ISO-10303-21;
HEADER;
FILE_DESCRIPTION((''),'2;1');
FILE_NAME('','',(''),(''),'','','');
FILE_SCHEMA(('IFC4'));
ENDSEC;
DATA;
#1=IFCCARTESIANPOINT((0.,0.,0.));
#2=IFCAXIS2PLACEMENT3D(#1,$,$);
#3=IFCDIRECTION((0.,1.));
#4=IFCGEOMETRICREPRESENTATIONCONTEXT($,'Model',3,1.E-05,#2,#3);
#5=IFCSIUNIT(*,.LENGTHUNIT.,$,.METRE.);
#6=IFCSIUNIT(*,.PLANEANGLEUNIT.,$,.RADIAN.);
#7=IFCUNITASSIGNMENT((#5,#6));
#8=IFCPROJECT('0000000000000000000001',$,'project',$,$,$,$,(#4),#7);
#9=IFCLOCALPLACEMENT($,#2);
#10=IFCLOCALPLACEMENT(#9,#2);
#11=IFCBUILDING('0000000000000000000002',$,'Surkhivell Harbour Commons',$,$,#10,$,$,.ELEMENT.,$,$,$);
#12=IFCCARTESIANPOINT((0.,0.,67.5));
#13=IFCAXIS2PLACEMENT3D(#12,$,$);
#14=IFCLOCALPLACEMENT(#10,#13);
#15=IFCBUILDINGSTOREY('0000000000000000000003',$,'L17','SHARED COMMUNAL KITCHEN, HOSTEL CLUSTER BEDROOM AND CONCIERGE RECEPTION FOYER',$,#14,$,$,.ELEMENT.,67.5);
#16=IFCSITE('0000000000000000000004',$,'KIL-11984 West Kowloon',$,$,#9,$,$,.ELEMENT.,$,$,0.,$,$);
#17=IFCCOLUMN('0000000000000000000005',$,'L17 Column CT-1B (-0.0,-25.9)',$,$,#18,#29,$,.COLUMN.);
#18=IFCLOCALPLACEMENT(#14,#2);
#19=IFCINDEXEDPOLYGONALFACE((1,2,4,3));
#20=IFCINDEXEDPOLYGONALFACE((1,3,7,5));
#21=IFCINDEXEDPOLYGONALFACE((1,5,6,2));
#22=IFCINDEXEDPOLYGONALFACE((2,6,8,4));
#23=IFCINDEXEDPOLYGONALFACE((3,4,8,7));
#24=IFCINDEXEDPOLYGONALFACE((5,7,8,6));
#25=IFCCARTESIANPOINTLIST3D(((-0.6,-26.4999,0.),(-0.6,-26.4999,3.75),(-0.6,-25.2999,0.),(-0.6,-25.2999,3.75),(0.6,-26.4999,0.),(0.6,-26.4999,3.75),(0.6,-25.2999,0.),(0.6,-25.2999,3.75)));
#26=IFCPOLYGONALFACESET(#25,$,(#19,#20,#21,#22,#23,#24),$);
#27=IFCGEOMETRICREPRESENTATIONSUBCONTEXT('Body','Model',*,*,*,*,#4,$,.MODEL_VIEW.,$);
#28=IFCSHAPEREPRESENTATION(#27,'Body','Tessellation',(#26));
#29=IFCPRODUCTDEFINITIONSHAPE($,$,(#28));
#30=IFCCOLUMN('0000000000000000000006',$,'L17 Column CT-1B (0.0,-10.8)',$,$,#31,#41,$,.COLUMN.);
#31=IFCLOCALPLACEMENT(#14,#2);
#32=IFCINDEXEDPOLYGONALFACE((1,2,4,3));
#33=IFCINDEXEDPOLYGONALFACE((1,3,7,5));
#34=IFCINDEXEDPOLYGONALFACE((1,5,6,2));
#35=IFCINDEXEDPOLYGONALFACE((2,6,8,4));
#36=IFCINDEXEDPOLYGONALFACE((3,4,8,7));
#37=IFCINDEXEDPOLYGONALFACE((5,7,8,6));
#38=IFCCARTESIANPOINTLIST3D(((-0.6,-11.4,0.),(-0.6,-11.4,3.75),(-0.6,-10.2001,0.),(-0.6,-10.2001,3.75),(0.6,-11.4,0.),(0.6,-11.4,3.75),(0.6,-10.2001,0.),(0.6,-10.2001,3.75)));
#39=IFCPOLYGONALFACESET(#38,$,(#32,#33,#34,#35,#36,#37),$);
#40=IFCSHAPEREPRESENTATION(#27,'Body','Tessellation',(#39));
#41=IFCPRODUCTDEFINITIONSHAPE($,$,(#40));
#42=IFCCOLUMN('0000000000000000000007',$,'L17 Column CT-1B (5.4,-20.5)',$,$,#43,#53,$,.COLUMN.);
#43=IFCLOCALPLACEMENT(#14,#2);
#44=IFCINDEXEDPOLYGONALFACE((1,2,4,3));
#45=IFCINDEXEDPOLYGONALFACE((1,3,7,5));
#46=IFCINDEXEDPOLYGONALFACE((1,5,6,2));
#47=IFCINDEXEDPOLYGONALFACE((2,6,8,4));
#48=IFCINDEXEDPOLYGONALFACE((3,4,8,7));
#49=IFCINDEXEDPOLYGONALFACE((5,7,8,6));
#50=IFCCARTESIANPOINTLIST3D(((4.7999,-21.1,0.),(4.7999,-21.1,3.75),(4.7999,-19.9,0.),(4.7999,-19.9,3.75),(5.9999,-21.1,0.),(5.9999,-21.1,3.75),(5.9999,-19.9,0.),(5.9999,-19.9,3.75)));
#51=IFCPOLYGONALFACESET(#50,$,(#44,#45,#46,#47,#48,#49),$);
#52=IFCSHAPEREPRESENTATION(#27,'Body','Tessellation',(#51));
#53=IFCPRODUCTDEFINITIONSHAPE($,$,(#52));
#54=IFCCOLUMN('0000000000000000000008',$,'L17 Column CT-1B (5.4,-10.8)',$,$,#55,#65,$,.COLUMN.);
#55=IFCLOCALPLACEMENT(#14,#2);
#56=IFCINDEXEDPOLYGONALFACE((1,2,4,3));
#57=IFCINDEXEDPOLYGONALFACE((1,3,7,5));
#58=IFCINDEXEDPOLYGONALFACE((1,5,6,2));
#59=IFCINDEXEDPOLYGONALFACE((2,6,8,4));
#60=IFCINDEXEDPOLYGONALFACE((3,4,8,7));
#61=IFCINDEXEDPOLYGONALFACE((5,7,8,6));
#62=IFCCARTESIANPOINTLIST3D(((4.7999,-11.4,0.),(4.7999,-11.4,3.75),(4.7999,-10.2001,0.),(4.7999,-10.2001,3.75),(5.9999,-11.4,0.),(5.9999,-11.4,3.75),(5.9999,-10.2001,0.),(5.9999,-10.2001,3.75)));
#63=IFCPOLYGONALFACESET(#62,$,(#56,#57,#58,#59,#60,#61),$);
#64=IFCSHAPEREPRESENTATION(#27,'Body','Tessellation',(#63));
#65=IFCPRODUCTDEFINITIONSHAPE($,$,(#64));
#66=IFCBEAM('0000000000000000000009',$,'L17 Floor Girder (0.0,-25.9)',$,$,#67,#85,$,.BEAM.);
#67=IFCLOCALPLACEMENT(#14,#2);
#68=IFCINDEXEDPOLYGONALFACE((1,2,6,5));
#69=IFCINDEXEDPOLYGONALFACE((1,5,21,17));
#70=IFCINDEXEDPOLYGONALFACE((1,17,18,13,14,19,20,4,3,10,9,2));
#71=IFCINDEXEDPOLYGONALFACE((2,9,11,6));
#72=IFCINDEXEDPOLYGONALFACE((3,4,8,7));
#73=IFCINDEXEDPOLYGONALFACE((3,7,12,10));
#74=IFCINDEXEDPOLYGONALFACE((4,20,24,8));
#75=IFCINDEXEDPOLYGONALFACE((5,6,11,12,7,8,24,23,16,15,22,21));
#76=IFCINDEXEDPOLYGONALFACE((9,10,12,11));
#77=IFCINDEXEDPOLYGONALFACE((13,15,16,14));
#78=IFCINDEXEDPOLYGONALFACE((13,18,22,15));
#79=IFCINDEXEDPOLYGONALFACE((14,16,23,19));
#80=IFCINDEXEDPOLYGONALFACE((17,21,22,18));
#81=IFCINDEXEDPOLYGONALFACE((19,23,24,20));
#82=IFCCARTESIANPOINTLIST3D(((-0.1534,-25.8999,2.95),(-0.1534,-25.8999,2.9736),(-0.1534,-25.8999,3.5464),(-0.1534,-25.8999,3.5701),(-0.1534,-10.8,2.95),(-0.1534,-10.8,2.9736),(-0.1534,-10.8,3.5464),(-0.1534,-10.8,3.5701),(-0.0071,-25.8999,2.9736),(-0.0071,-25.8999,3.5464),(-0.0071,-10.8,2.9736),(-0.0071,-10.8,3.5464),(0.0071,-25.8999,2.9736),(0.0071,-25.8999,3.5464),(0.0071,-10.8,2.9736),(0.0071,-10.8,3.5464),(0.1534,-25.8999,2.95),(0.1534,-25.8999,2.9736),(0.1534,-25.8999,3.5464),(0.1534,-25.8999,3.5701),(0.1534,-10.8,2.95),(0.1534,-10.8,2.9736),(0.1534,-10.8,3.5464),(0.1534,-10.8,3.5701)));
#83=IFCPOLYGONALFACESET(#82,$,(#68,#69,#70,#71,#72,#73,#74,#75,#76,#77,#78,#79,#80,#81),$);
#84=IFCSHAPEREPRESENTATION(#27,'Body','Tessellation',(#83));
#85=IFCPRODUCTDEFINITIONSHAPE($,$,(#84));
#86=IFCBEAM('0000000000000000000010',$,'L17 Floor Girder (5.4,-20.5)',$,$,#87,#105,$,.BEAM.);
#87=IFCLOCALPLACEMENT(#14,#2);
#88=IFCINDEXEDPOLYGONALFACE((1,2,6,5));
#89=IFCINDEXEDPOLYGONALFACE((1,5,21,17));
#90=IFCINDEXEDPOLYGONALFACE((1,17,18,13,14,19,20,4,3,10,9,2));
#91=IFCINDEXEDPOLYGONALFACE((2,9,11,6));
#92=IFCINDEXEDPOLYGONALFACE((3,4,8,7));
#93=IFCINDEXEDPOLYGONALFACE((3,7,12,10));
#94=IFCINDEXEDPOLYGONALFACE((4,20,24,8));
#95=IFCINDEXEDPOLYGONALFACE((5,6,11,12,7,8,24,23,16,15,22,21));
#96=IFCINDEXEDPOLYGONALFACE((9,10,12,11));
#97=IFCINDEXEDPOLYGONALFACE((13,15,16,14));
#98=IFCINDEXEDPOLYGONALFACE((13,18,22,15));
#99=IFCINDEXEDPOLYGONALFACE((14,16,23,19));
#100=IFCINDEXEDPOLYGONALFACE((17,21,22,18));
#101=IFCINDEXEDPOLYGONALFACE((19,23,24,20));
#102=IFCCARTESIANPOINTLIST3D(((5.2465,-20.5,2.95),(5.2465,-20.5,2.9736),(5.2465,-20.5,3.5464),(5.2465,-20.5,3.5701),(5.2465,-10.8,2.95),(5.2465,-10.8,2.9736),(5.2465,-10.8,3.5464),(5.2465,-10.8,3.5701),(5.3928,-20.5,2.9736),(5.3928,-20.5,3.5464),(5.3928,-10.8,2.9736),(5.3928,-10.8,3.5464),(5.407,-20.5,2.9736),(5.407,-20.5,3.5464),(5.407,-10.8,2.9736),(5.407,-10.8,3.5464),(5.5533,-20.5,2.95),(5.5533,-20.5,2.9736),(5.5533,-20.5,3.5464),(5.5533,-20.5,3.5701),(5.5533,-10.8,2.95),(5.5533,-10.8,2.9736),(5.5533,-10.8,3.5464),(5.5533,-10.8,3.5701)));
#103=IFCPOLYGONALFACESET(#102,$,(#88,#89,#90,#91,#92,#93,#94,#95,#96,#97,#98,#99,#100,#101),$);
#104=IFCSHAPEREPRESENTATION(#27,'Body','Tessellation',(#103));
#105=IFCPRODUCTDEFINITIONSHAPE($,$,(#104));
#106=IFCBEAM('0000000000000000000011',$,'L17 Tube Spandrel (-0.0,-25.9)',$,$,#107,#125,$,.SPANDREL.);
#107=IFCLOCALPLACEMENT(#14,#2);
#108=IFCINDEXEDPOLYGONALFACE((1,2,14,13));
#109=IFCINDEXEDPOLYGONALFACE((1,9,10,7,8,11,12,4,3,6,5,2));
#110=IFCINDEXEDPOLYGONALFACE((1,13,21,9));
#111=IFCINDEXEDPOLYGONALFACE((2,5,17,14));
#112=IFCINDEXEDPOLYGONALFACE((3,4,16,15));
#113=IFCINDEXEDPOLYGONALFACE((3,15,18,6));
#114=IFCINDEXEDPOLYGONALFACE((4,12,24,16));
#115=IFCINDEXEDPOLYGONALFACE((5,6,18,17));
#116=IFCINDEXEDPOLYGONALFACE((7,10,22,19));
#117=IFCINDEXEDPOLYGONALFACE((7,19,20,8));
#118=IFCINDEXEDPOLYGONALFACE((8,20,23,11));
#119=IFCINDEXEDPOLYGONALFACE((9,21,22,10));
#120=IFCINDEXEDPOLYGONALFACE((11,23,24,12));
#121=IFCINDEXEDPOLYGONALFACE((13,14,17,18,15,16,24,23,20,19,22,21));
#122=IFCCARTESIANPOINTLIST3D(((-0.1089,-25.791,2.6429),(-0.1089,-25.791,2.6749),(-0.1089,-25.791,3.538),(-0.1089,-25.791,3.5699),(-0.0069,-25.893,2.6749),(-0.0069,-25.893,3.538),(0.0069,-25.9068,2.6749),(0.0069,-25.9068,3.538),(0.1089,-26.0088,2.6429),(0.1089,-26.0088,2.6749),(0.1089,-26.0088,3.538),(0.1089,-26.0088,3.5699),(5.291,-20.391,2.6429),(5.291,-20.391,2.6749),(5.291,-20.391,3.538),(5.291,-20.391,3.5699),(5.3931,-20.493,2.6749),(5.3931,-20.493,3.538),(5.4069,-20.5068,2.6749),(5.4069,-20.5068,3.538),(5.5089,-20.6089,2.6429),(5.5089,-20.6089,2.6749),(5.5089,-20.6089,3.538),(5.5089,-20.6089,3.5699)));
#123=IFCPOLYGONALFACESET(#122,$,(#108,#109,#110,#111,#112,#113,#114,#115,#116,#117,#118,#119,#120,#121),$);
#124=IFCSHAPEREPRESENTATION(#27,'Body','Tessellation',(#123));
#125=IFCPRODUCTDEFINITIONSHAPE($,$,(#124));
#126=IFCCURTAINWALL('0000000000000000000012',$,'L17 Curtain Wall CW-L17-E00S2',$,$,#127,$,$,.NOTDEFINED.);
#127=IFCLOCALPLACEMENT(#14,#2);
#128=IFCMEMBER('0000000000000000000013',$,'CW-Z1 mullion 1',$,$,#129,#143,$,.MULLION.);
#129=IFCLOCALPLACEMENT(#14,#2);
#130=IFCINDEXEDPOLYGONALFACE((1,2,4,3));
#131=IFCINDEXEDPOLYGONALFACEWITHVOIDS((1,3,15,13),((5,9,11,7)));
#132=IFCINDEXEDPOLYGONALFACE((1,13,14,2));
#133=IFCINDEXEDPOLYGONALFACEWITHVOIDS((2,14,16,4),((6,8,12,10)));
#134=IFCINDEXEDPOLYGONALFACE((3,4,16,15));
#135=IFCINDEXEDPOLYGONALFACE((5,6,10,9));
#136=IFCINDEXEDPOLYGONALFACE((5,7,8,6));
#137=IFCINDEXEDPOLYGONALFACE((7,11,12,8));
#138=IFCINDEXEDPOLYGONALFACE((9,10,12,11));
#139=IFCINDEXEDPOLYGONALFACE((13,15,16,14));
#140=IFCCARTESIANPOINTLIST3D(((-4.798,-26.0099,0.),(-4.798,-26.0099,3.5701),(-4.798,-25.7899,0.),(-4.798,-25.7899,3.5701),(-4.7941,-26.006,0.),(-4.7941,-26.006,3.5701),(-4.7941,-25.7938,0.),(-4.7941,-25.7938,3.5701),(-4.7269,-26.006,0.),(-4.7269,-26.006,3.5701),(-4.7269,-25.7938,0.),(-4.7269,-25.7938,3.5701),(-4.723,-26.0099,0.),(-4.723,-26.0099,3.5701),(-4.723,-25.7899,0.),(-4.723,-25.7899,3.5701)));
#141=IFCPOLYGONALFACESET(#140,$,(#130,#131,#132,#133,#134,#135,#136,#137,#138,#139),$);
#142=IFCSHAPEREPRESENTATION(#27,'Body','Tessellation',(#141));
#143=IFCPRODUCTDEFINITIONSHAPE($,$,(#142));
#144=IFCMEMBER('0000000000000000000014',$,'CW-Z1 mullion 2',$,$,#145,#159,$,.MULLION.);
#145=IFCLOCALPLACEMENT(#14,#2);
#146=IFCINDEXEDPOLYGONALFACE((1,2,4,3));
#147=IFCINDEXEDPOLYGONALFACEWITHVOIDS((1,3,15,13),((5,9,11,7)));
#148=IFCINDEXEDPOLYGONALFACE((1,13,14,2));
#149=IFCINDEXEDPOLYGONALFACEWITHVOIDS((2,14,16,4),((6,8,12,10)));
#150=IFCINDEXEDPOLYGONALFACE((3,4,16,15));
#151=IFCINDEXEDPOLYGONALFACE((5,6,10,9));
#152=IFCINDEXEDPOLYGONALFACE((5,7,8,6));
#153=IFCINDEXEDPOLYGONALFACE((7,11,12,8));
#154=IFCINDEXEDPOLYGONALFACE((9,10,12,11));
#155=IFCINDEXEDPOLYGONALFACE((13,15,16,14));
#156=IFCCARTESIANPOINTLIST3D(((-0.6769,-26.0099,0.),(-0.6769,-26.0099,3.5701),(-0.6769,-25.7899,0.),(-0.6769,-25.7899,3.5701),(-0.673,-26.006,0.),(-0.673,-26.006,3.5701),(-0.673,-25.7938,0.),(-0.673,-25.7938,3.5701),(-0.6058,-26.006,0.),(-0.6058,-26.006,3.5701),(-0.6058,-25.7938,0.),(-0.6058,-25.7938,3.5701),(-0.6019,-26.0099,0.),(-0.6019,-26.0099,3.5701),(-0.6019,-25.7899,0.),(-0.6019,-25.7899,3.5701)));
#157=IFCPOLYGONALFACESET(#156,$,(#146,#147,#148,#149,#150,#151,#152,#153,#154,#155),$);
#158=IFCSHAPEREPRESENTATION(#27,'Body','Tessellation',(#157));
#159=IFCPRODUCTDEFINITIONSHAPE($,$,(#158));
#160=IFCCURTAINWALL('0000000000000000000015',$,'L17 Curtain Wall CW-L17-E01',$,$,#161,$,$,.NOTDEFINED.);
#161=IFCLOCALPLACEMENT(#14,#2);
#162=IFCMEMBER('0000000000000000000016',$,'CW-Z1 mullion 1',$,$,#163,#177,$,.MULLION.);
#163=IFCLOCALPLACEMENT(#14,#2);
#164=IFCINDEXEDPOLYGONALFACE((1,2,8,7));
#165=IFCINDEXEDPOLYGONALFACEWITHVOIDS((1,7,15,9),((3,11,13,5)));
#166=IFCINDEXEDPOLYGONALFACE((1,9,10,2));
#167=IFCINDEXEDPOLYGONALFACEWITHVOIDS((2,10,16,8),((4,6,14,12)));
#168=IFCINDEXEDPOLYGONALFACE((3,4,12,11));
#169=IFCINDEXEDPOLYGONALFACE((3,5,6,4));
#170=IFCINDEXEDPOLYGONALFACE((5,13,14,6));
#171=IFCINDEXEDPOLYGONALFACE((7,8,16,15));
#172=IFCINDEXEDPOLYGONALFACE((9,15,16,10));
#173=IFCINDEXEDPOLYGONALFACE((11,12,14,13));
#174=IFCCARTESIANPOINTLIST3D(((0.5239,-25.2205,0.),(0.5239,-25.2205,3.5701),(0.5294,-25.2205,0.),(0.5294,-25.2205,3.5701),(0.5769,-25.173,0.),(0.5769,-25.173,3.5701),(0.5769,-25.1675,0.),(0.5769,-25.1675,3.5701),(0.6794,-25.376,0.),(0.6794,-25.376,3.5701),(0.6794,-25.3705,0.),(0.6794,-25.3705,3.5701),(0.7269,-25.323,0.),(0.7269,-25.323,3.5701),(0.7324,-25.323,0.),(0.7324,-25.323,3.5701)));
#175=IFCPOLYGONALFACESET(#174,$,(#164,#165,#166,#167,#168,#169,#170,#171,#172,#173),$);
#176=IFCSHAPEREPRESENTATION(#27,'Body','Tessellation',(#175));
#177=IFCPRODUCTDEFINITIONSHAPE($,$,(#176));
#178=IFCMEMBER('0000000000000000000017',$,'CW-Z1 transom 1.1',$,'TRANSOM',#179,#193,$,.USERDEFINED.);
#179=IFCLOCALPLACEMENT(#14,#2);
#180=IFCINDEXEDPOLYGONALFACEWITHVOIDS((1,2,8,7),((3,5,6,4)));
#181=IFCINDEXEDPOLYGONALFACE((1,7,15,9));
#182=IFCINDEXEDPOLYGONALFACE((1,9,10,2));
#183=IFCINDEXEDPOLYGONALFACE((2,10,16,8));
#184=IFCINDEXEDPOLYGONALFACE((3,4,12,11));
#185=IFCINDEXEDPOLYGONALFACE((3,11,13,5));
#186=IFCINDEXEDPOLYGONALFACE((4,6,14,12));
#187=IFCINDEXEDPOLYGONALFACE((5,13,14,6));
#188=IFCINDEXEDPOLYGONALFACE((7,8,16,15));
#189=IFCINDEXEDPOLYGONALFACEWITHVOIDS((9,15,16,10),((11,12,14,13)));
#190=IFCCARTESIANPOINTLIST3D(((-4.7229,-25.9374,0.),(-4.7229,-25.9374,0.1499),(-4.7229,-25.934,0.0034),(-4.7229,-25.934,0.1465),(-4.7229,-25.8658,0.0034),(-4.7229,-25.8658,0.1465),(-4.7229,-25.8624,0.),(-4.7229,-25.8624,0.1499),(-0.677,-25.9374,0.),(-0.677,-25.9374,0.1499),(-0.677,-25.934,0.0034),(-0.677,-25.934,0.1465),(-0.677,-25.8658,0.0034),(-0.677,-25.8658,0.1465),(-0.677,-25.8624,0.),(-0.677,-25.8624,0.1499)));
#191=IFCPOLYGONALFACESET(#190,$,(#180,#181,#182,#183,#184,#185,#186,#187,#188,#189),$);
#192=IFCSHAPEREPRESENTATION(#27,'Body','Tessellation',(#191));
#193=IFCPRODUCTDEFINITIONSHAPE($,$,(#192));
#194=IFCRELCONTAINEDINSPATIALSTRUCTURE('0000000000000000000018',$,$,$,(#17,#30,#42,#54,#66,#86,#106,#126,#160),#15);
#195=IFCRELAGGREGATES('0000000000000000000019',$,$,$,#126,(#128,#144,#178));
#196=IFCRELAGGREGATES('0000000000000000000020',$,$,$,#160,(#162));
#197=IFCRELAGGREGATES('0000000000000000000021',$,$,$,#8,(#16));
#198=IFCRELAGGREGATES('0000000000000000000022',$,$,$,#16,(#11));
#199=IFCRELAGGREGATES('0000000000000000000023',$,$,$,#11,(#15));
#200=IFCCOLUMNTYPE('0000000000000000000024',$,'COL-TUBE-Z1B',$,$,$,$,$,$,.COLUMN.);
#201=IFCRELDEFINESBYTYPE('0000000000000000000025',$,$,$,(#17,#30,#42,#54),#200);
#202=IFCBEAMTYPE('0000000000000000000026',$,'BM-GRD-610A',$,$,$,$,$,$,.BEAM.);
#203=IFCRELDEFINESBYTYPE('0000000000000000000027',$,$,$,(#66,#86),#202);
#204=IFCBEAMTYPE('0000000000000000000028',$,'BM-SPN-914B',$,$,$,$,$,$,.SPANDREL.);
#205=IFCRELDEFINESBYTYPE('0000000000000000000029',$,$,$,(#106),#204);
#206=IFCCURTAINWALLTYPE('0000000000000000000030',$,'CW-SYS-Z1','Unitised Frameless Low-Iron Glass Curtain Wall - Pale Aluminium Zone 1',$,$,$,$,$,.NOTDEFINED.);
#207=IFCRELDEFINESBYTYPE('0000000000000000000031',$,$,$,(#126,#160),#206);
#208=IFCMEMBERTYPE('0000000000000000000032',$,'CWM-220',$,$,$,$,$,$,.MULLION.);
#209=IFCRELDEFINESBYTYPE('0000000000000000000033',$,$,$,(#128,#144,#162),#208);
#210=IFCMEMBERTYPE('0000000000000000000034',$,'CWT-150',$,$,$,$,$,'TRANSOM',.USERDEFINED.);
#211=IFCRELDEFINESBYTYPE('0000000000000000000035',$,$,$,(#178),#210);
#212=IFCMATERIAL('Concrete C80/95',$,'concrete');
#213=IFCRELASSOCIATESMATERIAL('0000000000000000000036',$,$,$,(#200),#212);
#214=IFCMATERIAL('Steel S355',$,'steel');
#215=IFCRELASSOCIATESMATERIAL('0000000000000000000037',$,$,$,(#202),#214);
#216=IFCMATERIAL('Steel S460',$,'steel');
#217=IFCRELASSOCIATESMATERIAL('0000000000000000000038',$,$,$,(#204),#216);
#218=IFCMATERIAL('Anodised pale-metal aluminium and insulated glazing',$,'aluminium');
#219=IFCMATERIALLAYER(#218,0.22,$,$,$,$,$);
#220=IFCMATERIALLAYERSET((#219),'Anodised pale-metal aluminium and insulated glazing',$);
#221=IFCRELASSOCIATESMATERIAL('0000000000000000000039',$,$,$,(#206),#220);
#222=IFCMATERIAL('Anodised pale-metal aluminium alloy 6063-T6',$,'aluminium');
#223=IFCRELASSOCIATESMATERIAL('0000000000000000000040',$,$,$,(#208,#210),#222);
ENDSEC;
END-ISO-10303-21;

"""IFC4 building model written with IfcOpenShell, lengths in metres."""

from ifc_helpers import new_model, si_unit, direction, frame, origin, origin_2d, place, context, subcontext, project, spatial, rectangle, hollow_rectangle, i_section, extrude, material, layer, layer_set, material_profile, profile_set, type_object, element, aggregate, save


model = new_model("IFC4")

# Units and contexts
model_context = context("Model", 3, precision=1e-05, world=origin(), true_north=direction((0.0, 1.0)))
body_context = subcontext(model_context, "Body", "Model", "MODEL_VIEW")
ifc_project = project(units=[si_unit("LENGTHUNIT", "METRE"), si_unit("PLANEANGLEUNIT", "RADIAN")], contexts=[model_context])

# Site, building, storey
site_placement = place(None, origin())
site = spatial("IfcSite", under=ifc_project, at=site_placement, Name="KIL-11984 West Kowloon", CompositionType="ELEMENT", RefElevation=0.0)
building_placement = place(site_placement, origin())
building = spatial("IfcBuilding", under=site, at=building_placement, Name="Surkhivell Harbour Commons", CompositionType="ELEMENT")
storey_placement = place(building_placement, frame((0.0, 0.0, 67.5)))
storey = spatial("IfcBuildingStorey", under=building, at=storey_placement, Name="L17", Description="SHARED COMMUNAL KITCHEN, HOSTEL CLUSTER BEDROOM AND CONCIERGE RECEPTION FOYER", CompositionType="ELEMENT", Elevation=67.5)

# Columns
ifc_material_1 = material(Name="Concrete C80/95", Category="concrete")
ifc_material_profile_1 = material_profile(ifc_material_1, rectangle(XDim=1.2, YDim=1.2, at=origin_2d()), Name="RC-COL-1200x1200")
ifc_profile_set_1 = profile_set([ifc_material_profile_1], Name="Concrete C80/95")
column_type = type_object("IfcColumnType", Name="COL-TUBE-Z1B", PredefinedType="COLUMN", material=ifc_profile_set_1)
for number, where, z_axis, x_axis, name in (
    (1, (0.0, -25.8999, 0.0), (0.0, 0.0, 1.0), (1.0, 0.0, 0.0), "L17 Column CT-1B (-0.0,-25.9)"),
    (2, (0.0, -10.8, 0.0), (0.0, 0.0, 1.0), (1.0, 0.0, 0.0), "L17 Column CT-1B (0.0,-10.8)"),
    (3, (5.3999, -20.5, 0.0), (0.0, 0.0, 1.0), (1.0, 0.0, 0.0), "L17 Column CT-1B (5.4,-20.5)"),
    (4, (5.3999, -10.8, 0.0), (0.0, 0.0, 1.0), (1.0, 0.0, 0.0), "L17 Column CT-1B (5.4,-10.8)"),
):
    element("IfcColumn", number, at=place(storey_placement, frame(where, z_axis=z_axis, x_axis=x_axis)), inside=storey, type_object=column_type, Name=name, PredefinedType="COLUMN", context=body_context, shape_type="SweptSolid", body=[
        extrude(rectangle(XDim=1.2, YDim=1.2, at=origin_2d()), origin(), (0.0, 0.0, 1.0), 3.75),
    ])

# Beams
ifc_material_2 = material(Name="Steel S355", Category="steel")
ifc_material_profile_2 = material_profile(ifc_material_2, i_section(OverallWidth=0.3069, OverallDepth=0.6201, WebThickness=0.0142, FlangeThickness=0.0237, at=origin_2d()), Name="UB610x305x179")
ifc_profile_set_2 = profile_set([ifc_material_profile_2], Name="Steel S355")
beam_type_1 = type_object("IfcBeamType", Name="BM-GRD-610A", PredefinedType="BEAM", material=ifc_profile_set_2)
beam_1_placement = place(storey_placement, frame((0.0, -25.8999, 3.26), z_axis=(0.0, 1.0, 0.0), x_axis=(-1.0, 0.0, 0.0)))
element("IfcBeam", 5, at=beam_1_placement, inside=storey, type_object=beam_type_1, Name="L17 Floor Girder (0.0,-25.9)", PredefinedType="BEAM", context=body_context, shape_type="SweptSolid", body=[
    extrude(i_section(OverallWidth=0.3069, OverallDepth=0.6201, WebThickness=0.0142, FlangeThickness=0.0237, at=origin_2d()), origin(), (0.0, 0.0, 1.0), 15.0999),
])
beam_2_placement = place(storey_placement, frame((5.3999, -20.5, 3.26), z_axis=(0.0, 1.0, 0.0), x_axis=(-1.0, 0.0, 0.0)))
element("IfcBeam", 6, at=beam_2_placement, inside=storey, type_object=beam_type_1, Name="L17 Floor Girder (5.4,-20.5)", PredefinedType="BEAM", context=body_context, shape_type="SweptSolid", body=[
    extrude(i_section(OverallWidth=0.3069, OverallDepth=0.6201, WebThickness=0.0142, FlangeThickness=0.0237, at=origin_2d()), origin(), (0.0, 0.0, 1.0), 9.7),
])
ifc_material_3 = material(Name="Steel S460", Category="steel")
ifc_material_profile_3 = material_profile(ifc_material_3, i_section(OverallWidth=0.3081, OverallDepth=0.927, WebThickness=0.0195, FlangeThickness=0.032, at=origin_2d()), Name="UB914x305x289")
ifc_profile_set_3 = profile_set([ifc_material_profile_3], Name="Steel S460")
beam_type_2 = type_object("IfcBeamType", Name="BM-SPN-914B", PredefinedType="SPANDREL", material=ifc_profile_set_3)
beam_3_placement = place(storey_placement, frame((0.0, -25.8999, 3.1064), z_axis=(0.707107, 0.707107, 0.0), x_axis=(-0.707107, 0.707107, 0.0)))
element("IfcBeam", 7, at=beam_3_placement, inside=storey, type_object=beam_type_2, Name="L17 Tube Spandrel (-0.0,-25.9)", PredefinedType="SPANDREL", context=body_context, shape_type="SweptSolid", body=[
    extrude(i_section(OverallWidth=0.3081, OverallDepth=0.927, WebThickness=0.0195, FlangeThickness=0.032, at=origin_2d()), origin(), (0.0, 0.0, 1.0), 7.6367),
])

# Curtain wall, members
ifc_material_4 = material(Name="Anodised pale-metal aluminium and insulated glazing", Category="aluminium")
ifc_layer_1 = layer(ifc_material_4, 0.22)
ifc_layer_set_1 = layer_set([ifc_layer_1], Name="Anodised pale-metal aluminium and insulated glazing")
curtain_wall_type = type_object("IfcCurtainWallType", Name="CW-SYS-Z1", Description="Unitised Frameless Low-Iron Glass Curtain Wall - Pale Aluminium Zone 1", PredefinedType="NOTDEFINED", material=ifc_layer_set_1)
curtain_wall_1_placement = place(storey_placement, origin())
curtain_wall_1 = element("IfcCurtainWall", 8, at=curtain_wall_1_placement, inside=storey, type_object=curtain_wall_type, Name="L17 Curtain Wall CW-L17-E00S2", PredefinedType="NOTDEFINED")
ifc_material_5 = material(Name="Anodised pale-metal aluminium alloy 6063-T6", Category="aluminium")
ifc_material_profile_4 = material_profile(ifc_material_5, hollow_rectangle(XDim=0.075, YDim=0.22, WallThickness=0.0039, at=origin_2d()), Name="ALU-MULL-75x220")
ifc_profile_set_4 = profile_set([ifc_material_profile_4], Name="Anodised pale-metal aluminium alloy 6063-T6")
member_type_1 = type_object("IfcMemberType", Name="CWM-220", PredefinedType="MULLION", material=ifc_profile_set_4)
member_1_placement = place(storey_placement, frame((-4.7605, -25.8999, 0.0), z_axis=(0.0, 0.0, 1.0), x_axis=(1.0, 0.0, 0.0)))
member_1 = element("IfcMember", 9, at=member_1_placement, type_object=member_type_1, Name="CW-Z1 mullion 1", PredefinedType="MULLION", context=body_context, shape_type="SweptSolid", body=[
    extrude(hollow_rectangle(XDim=0.075, YDim=0.22, WallThickness=0.0039, at=origin_2d()), origin(), (0.0, 0.0, 1.0), 3.5701),
])
member_2_placement = place(storey_placement, frame((-0.6394, -25.8999, 0.0), z_axis=(0.0, 0.0, 1.0), x_axis=(1.0, 0.0, 0.0)))
member_2 = element("IfcMember", 10, at=member_2_placement, type_object=member_type_1, Name="CW-Z1 mullion 2", PredefinedType="MULLION", context=body_context, shape_type="SweptSolid", body=[
    extrude(hollow_rectangle(XDim=0.075, YDim=0.22, WallThickness=0.0039, at=origin_2d()), origin(), (0.0, 0.0, 1.0), 3.5701),
])

# Curtain wall, member
curtain_wall_2_placement = place(storey_placement, origin())
curtain_wall_2 = element("IfcCurtainWall", 11, at=curtain_wall_2_placement, inside=storey, type_object=curtain_wall_type, Name="L17 Curtain Wall CW-L17-E01", PredefinedType="NOTDEFINED")
member_3_placement = place(storey_placement, frame((0.6282, -25.2717, 0.0), z_axis=(0.0, 0.0, 1.0), x_axis=(0.707107, 0.707107, 0.0)))
member_3 = element("IfcMember", 12, at=member_3_placement, type_object=member_type_1, Name="CW-Z1 mullion 1", PredefinedType="MULLION", context=body_context, shape_type="SweptSolid", body=[
    extrude(hollow_rectangle(XDim=0.075, YDim=0.22, WallThickness=0.0039, at=origin_2d()), origin(), (0.0, 0.0, 1.0), 3.5701),
])

# Member
ifc_material_profile_5 = material_profile(ifc_material_5, hollow_rectangle(XDim=0.075, YDim=0.1499, WallThickness=0.0034, at=origin_2d()), Name="ALU-TRAN-75x150")
ifc_profile_set_5 = profile_set([ifc_material_profile_5], Name="Anodised pale-metal aluminium alloy 6063-T6")
member_type_2 = type_object("IfcMemberType", Name="CWT-150", ElementType="TRANSOM", PredefinedType="USERDEFINED", material=ifc_profile_set_5)
member_4_placement = place(storey_placement, frame((-4.7229, -25.8999, 0.075), z_axis=(1.0, 0.0, 0.0), x_axis=(0.0, 1.0, 0.0)))
member_4 = element("IfcMember", 13, at=member_4_placement, type_object=member_type_2, Name="CW-Z1 transom 1.1", ObjectType="TRANSOM", PredefinedType="USERDEFINED", context=body_context, shape_type="SweptSolid", body=[
    extrude(hollow_rectangle(XDim=0.075, YDim=0.1499, WallThickness=0.0034, at=origin_2d()), origin(), (0.0, 0.0, 1.0), 4.0459),
])

aggregate(curtain_wall_1, [member_1, member_2, member_4])
aggregate(curtain_wall_2, [member_3])

save(model, "model.ifc")
